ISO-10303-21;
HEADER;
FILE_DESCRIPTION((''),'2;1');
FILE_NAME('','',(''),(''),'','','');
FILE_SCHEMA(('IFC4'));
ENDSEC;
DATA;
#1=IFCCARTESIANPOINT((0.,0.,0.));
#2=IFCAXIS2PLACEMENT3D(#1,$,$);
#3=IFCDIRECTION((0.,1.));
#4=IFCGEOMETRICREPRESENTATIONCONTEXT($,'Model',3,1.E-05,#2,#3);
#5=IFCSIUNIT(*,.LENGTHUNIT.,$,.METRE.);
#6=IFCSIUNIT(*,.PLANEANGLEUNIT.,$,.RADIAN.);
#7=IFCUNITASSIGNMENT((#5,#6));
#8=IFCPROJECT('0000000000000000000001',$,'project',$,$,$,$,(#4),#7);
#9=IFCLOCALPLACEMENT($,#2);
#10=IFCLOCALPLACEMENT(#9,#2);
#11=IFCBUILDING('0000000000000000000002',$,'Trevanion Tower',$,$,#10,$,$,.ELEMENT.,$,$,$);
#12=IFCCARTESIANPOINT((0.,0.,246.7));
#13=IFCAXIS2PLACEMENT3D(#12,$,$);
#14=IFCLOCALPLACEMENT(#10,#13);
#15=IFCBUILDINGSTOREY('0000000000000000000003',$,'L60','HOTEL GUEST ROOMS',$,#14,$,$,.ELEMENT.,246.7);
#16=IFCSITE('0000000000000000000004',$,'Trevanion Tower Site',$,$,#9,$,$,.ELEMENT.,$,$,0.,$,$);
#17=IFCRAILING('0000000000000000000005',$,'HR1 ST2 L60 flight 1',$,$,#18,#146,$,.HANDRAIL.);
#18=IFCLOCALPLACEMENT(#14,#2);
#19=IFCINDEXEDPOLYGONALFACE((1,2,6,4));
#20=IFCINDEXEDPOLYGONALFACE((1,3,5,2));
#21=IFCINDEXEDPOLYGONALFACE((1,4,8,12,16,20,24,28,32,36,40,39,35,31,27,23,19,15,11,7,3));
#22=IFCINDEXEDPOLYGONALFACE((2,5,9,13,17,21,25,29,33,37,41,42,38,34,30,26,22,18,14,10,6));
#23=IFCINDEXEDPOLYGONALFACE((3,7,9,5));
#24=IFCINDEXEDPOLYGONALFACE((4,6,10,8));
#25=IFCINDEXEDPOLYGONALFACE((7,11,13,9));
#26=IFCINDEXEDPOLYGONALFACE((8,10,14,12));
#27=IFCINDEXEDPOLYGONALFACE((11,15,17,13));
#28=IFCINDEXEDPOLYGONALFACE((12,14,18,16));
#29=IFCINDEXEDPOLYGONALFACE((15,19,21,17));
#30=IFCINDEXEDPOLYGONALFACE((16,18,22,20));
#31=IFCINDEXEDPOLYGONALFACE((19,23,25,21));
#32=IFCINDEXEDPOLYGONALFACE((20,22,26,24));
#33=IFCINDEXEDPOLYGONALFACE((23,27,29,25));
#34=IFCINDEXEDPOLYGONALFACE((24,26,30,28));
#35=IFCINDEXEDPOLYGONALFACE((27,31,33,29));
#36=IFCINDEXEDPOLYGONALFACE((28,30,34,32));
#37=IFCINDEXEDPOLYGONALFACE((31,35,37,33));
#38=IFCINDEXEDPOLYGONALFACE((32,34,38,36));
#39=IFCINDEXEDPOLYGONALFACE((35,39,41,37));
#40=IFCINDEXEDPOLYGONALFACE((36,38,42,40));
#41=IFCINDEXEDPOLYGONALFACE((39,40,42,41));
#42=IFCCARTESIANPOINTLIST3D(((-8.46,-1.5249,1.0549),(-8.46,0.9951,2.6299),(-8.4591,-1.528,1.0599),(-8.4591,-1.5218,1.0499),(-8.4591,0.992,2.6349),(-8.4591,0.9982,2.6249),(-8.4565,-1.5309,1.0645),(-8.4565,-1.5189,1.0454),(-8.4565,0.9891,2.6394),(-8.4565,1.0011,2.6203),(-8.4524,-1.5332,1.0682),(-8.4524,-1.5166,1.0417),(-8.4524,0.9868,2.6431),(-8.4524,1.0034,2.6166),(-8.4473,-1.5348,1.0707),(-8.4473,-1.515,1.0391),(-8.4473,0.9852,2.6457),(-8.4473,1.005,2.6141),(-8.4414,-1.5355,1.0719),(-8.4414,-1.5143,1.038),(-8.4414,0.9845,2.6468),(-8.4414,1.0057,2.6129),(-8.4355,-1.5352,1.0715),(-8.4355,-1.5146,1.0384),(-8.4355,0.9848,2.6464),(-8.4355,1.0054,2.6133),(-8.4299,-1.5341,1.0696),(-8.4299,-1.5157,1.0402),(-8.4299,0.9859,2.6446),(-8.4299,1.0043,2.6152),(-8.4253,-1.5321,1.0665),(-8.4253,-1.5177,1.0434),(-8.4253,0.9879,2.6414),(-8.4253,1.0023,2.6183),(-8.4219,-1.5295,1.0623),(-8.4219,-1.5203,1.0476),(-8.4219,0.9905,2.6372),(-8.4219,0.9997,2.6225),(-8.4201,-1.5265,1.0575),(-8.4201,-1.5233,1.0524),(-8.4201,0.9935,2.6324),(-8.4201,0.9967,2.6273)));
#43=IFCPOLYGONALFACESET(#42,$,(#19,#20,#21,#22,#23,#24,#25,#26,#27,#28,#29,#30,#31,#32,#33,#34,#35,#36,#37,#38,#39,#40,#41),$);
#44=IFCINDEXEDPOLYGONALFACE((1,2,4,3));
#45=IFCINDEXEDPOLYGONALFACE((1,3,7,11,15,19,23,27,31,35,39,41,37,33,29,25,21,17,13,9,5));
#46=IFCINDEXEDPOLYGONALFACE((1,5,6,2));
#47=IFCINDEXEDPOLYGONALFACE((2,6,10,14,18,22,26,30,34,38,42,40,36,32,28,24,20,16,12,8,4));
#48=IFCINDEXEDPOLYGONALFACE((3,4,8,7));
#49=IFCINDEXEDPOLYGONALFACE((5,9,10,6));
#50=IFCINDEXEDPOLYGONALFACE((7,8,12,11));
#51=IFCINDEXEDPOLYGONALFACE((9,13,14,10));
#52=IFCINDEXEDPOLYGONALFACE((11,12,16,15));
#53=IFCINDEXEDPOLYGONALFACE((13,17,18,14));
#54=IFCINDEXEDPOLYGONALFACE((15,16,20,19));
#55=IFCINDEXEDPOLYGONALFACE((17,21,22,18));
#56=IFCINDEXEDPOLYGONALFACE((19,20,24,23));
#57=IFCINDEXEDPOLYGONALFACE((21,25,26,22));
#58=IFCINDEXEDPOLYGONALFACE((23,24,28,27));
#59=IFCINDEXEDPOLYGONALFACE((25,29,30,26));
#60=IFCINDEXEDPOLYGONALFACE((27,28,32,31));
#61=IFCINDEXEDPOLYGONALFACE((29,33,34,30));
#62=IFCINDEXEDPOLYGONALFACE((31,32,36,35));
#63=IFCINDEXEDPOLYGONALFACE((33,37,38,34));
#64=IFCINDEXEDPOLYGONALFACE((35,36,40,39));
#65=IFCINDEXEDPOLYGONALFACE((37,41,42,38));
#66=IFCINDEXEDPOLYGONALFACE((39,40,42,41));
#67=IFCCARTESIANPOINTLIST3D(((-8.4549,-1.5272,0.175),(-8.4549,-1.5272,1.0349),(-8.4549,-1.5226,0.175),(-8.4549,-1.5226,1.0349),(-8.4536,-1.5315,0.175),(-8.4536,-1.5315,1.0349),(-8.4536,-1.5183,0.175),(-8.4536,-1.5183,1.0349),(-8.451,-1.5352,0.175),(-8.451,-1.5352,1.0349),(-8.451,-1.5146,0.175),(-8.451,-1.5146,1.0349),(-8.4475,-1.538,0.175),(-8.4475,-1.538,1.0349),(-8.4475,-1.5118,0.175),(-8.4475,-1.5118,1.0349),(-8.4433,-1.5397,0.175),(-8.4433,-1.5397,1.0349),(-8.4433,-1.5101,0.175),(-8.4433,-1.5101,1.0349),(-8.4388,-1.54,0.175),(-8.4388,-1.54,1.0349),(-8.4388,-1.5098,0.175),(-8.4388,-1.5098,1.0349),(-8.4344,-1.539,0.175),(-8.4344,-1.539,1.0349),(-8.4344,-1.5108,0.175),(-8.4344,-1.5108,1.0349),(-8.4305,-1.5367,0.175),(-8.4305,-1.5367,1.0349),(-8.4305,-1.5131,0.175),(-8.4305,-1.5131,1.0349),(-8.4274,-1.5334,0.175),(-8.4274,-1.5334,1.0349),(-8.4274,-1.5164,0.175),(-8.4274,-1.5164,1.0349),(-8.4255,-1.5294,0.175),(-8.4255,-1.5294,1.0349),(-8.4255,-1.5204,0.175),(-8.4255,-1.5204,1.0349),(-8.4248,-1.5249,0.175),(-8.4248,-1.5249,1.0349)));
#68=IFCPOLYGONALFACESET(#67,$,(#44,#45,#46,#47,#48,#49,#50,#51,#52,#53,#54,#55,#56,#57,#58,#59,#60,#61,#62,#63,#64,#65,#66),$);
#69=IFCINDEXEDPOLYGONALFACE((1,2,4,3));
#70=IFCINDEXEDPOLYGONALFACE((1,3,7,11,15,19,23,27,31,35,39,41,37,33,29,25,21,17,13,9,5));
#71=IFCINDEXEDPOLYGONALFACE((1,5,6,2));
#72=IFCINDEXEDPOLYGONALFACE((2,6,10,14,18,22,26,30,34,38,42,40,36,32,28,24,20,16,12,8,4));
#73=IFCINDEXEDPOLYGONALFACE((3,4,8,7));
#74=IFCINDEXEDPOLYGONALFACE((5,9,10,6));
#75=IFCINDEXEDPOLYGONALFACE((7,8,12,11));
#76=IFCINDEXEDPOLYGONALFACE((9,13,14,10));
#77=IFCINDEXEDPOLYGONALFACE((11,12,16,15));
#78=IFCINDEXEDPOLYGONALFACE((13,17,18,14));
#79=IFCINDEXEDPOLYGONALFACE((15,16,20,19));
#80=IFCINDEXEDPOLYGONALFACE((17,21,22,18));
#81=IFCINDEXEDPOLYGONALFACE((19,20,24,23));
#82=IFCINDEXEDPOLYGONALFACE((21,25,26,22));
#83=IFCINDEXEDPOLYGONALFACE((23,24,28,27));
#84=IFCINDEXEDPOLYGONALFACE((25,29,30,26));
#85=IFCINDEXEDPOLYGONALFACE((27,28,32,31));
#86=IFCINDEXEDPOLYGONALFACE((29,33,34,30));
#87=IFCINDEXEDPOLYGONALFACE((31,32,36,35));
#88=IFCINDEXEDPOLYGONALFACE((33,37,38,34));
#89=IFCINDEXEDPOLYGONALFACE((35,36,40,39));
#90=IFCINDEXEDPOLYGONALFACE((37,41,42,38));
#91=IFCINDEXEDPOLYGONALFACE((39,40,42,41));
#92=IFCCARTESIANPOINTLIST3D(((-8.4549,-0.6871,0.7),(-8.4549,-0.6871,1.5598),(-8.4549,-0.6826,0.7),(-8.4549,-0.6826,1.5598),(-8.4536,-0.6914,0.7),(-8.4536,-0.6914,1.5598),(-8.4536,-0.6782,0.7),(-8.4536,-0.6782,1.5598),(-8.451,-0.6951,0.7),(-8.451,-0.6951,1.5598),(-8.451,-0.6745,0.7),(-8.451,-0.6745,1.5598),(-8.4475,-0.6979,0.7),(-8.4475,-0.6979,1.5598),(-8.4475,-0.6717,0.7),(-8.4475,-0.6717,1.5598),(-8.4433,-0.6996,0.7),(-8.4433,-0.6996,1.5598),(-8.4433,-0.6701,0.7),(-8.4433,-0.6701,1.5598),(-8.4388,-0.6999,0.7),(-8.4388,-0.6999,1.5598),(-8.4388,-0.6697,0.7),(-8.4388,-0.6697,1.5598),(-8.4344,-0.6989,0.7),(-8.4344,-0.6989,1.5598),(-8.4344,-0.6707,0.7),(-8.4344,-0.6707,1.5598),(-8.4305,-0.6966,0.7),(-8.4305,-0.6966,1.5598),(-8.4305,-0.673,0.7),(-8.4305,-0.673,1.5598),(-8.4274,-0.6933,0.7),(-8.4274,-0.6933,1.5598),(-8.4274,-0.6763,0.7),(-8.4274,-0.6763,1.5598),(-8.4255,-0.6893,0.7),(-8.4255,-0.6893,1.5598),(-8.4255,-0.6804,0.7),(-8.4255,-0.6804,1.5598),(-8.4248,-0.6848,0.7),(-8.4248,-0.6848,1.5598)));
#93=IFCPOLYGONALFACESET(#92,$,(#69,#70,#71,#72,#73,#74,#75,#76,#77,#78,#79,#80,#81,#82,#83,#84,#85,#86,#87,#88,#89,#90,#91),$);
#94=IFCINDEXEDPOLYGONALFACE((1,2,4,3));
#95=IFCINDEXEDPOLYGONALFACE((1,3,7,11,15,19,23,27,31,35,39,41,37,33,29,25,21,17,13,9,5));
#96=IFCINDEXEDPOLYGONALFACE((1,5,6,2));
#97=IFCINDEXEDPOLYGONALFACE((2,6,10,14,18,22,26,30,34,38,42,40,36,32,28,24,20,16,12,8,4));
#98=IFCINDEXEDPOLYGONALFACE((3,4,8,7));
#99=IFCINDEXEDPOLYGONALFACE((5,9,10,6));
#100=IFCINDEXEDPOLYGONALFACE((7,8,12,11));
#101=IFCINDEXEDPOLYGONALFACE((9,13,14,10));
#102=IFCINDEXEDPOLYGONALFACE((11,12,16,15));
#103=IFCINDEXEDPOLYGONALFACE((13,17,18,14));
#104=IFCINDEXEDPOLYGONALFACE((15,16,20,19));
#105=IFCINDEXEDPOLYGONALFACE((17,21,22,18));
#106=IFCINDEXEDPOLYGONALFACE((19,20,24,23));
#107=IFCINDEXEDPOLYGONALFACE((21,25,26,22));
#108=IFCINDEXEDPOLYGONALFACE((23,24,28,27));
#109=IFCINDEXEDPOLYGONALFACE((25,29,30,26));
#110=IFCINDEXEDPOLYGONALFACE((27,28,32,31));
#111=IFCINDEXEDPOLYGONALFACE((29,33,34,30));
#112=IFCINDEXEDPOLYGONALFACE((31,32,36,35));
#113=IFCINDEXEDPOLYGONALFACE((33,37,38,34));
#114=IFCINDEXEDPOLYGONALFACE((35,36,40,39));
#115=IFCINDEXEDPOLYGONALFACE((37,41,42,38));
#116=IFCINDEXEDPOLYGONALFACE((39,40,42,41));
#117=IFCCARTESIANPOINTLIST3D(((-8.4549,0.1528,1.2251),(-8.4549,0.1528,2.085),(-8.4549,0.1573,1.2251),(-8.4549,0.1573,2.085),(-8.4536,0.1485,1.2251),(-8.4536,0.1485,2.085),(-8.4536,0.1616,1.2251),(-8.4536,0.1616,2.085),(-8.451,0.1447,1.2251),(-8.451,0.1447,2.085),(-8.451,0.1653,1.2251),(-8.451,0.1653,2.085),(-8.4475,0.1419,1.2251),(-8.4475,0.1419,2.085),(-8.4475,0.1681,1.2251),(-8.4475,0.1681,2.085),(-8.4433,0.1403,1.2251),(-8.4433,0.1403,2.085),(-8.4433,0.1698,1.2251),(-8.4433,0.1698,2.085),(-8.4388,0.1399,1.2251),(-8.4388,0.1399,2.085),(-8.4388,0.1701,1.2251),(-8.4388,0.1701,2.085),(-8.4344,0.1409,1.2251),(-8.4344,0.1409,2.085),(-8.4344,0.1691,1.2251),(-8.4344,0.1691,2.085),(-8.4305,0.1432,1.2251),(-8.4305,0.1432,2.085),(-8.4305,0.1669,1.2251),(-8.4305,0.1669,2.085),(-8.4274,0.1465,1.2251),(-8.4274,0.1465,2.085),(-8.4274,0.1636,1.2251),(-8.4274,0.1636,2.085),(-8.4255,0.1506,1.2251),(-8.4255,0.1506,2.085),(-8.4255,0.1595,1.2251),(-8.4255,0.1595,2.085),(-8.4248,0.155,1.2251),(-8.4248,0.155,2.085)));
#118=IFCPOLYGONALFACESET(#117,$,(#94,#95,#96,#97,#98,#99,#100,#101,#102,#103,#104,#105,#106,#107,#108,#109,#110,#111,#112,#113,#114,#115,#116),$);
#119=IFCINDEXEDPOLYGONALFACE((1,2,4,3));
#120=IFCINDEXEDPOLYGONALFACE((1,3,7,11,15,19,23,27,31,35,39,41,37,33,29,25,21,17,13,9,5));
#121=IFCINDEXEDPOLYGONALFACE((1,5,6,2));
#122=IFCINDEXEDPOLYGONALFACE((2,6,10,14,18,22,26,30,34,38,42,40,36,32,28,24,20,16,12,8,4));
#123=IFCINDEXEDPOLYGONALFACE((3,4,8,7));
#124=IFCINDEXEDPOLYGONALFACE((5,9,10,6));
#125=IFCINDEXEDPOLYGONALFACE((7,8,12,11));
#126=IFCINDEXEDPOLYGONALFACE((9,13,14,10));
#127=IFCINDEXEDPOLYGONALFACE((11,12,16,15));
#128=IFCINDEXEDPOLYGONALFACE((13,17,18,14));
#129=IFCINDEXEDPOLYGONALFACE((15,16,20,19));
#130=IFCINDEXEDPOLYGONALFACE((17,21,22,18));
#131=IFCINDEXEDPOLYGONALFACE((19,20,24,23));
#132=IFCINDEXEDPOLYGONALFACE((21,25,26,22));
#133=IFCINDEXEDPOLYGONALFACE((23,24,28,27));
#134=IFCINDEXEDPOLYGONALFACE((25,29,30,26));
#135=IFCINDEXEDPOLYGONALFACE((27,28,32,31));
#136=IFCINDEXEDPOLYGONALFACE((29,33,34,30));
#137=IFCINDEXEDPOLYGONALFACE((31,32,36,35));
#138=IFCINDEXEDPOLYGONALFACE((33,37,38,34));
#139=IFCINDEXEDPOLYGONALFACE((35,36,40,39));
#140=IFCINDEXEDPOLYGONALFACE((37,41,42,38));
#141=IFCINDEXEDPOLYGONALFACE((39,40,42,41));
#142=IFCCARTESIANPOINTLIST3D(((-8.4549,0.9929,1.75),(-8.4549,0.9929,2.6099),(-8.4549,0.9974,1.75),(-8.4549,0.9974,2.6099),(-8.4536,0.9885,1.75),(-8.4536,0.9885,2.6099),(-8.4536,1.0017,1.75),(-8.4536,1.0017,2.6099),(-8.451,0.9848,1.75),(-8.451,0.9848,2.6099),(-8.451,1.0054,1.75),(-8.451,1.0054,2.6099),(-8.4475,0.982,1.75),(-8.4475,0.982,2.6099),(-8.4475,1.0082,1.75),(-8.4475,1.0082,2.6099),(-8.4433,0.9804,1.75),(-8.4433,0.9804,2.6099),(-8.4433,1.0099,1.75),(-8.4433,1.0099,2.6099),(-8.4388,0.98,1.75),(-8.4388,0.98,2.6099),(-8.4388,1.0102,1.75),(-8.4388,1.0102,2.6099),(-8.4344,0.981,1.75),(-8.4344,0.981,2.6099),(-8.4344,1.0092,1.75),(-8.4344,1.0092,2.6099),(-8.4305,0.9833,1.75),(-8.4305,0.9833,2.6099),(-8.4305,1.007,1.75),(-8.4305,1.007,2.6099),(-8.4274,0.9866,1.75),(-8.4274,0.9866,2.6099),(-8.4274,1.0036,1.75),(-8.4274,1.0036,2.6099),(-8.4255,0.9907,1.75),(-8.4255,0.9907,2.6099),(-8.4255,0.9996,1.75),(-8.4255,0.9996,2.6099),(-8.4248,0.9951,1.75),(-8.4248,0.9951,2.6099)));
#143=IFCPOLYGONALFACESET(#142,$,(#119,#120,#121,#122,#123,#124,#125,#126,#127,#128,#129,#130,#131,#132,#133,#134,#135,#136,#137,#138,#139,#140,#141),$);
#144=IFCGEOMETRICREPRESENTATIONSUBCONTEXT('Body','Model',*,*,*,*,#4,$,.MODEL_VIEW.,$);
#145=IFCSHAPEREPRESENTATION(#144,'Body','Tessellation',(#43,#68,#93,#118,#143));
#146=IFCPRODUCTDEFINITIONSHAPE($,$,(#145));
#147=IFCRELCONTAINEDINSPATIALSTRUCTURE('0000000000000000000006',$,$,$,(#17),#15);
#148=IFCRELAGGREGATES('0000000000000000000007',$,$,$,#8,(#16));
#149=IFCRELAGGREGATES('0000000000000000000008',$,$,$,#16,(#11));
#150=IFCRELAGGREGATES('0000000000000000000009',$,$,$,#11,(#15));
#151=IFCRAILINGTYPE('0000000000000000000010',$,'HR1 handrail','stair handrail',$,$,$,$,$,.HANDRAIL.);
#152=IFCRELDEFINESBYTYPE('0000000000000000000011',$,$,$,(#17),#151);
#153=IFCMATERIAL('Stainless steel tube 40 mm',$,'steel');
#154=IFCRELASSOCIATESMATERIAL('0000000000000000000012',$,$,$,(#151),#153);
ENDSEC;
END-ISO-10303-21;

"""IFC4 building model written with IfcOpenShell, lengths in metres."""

from ifc_helpers import new_model, si_unit, direction, frame, origin, origin_2d, place, context, subcontext, project, spatial, circle, extrude, material, type_object, element, save


model = new_model("IFC4")

# Units and contexts
model_context = context("Model", 3, precision=1e-05, world=origin(), true_north=direction((0.0, 1.0)))
body_context = subcontext(model_context, "Body", "Model", "MODEL_VIEW")
ifc_project = project(units=[si_unit("LENGTHUNIT", "METRE"), si_unit("PLANEANGLEUNIT", "RADIAN")], contexts=[model_context])

# Site, building, storey
site_placement = place(None, origin())
site = spatial("IfcSite", under=ifc_project, at=site_placement, Name="Trevanion Tower Site", CompositionType="ELEMENT", RefElevation=0.0)
building_placement = place(site_placement, origin())
building = spatial("IfcBuilding", under=site, at=building_placement, Name="Trevanion Tower", CompositionType="ELEMENT")
storey_placement = place(building_placement, frame((0.0, 0.0, 246.7)))
storey = spatial("IfcBuildingStorey", under=building, at=storey_placement, Name="L60", Description="HOTEL GUEST ROOMS", CompositionType="ELEMENT", Elevation=246.7)

# Railing
ifc_material_1 = material(Name="Stainless steel tube 40 mm", Category="steel")
railing_type = type_object("IfcRailingType", Name="HR1 handrail", Description="stair handrail", PredefinedType="HANDRAIL", material=ifc_material_1)
for number, where, name in (
    (1, (-8.4399, -1.5249, 0.175), "HR1 ST2 L60 flight 1"),
):
    element("IfcRailing", number, at=place(storey_placement, frame(where)), inside=storey, type_object=railing_type, Name=name, PredefinedType="HANDRAIL", context=body_context, shape_type="SweptSolid", body=[
        extrude(circle(Radius=0.02, at=origin_2d()), frame((0.0, 0.0, 0.8799), z_axis=(0.0, 0.848008, 0.529984), x_axis=(-1.0, 0.0, 0.0)), (0.0, 0.0, 1.0), 2.9717),
        extrude(circle(Radius=0.0151, at=origin_2d()), origin(), (0.0, 0.0, 1.0), 0.8599),
        extrude(circle(Radius=0.0151, at=origin_2d()), frame((0.0, 0.8401, 0.5249)), (0.0, 0.0, 1.0), 0.8599),
        extrude(circle(Radius=0.0151, at=origin_2d()), frame((0.0, 1.6799, 1.05)), (0.0, 0.0, 1.0), 0.8599),
        extrude(circle(Radius=0.0151, at=origin_2d()), frame((0.0, 2.52, 1.575)), (0.0, 0.0, 1.0), 0.8599),
    ])

save(model, "model.ifc")
